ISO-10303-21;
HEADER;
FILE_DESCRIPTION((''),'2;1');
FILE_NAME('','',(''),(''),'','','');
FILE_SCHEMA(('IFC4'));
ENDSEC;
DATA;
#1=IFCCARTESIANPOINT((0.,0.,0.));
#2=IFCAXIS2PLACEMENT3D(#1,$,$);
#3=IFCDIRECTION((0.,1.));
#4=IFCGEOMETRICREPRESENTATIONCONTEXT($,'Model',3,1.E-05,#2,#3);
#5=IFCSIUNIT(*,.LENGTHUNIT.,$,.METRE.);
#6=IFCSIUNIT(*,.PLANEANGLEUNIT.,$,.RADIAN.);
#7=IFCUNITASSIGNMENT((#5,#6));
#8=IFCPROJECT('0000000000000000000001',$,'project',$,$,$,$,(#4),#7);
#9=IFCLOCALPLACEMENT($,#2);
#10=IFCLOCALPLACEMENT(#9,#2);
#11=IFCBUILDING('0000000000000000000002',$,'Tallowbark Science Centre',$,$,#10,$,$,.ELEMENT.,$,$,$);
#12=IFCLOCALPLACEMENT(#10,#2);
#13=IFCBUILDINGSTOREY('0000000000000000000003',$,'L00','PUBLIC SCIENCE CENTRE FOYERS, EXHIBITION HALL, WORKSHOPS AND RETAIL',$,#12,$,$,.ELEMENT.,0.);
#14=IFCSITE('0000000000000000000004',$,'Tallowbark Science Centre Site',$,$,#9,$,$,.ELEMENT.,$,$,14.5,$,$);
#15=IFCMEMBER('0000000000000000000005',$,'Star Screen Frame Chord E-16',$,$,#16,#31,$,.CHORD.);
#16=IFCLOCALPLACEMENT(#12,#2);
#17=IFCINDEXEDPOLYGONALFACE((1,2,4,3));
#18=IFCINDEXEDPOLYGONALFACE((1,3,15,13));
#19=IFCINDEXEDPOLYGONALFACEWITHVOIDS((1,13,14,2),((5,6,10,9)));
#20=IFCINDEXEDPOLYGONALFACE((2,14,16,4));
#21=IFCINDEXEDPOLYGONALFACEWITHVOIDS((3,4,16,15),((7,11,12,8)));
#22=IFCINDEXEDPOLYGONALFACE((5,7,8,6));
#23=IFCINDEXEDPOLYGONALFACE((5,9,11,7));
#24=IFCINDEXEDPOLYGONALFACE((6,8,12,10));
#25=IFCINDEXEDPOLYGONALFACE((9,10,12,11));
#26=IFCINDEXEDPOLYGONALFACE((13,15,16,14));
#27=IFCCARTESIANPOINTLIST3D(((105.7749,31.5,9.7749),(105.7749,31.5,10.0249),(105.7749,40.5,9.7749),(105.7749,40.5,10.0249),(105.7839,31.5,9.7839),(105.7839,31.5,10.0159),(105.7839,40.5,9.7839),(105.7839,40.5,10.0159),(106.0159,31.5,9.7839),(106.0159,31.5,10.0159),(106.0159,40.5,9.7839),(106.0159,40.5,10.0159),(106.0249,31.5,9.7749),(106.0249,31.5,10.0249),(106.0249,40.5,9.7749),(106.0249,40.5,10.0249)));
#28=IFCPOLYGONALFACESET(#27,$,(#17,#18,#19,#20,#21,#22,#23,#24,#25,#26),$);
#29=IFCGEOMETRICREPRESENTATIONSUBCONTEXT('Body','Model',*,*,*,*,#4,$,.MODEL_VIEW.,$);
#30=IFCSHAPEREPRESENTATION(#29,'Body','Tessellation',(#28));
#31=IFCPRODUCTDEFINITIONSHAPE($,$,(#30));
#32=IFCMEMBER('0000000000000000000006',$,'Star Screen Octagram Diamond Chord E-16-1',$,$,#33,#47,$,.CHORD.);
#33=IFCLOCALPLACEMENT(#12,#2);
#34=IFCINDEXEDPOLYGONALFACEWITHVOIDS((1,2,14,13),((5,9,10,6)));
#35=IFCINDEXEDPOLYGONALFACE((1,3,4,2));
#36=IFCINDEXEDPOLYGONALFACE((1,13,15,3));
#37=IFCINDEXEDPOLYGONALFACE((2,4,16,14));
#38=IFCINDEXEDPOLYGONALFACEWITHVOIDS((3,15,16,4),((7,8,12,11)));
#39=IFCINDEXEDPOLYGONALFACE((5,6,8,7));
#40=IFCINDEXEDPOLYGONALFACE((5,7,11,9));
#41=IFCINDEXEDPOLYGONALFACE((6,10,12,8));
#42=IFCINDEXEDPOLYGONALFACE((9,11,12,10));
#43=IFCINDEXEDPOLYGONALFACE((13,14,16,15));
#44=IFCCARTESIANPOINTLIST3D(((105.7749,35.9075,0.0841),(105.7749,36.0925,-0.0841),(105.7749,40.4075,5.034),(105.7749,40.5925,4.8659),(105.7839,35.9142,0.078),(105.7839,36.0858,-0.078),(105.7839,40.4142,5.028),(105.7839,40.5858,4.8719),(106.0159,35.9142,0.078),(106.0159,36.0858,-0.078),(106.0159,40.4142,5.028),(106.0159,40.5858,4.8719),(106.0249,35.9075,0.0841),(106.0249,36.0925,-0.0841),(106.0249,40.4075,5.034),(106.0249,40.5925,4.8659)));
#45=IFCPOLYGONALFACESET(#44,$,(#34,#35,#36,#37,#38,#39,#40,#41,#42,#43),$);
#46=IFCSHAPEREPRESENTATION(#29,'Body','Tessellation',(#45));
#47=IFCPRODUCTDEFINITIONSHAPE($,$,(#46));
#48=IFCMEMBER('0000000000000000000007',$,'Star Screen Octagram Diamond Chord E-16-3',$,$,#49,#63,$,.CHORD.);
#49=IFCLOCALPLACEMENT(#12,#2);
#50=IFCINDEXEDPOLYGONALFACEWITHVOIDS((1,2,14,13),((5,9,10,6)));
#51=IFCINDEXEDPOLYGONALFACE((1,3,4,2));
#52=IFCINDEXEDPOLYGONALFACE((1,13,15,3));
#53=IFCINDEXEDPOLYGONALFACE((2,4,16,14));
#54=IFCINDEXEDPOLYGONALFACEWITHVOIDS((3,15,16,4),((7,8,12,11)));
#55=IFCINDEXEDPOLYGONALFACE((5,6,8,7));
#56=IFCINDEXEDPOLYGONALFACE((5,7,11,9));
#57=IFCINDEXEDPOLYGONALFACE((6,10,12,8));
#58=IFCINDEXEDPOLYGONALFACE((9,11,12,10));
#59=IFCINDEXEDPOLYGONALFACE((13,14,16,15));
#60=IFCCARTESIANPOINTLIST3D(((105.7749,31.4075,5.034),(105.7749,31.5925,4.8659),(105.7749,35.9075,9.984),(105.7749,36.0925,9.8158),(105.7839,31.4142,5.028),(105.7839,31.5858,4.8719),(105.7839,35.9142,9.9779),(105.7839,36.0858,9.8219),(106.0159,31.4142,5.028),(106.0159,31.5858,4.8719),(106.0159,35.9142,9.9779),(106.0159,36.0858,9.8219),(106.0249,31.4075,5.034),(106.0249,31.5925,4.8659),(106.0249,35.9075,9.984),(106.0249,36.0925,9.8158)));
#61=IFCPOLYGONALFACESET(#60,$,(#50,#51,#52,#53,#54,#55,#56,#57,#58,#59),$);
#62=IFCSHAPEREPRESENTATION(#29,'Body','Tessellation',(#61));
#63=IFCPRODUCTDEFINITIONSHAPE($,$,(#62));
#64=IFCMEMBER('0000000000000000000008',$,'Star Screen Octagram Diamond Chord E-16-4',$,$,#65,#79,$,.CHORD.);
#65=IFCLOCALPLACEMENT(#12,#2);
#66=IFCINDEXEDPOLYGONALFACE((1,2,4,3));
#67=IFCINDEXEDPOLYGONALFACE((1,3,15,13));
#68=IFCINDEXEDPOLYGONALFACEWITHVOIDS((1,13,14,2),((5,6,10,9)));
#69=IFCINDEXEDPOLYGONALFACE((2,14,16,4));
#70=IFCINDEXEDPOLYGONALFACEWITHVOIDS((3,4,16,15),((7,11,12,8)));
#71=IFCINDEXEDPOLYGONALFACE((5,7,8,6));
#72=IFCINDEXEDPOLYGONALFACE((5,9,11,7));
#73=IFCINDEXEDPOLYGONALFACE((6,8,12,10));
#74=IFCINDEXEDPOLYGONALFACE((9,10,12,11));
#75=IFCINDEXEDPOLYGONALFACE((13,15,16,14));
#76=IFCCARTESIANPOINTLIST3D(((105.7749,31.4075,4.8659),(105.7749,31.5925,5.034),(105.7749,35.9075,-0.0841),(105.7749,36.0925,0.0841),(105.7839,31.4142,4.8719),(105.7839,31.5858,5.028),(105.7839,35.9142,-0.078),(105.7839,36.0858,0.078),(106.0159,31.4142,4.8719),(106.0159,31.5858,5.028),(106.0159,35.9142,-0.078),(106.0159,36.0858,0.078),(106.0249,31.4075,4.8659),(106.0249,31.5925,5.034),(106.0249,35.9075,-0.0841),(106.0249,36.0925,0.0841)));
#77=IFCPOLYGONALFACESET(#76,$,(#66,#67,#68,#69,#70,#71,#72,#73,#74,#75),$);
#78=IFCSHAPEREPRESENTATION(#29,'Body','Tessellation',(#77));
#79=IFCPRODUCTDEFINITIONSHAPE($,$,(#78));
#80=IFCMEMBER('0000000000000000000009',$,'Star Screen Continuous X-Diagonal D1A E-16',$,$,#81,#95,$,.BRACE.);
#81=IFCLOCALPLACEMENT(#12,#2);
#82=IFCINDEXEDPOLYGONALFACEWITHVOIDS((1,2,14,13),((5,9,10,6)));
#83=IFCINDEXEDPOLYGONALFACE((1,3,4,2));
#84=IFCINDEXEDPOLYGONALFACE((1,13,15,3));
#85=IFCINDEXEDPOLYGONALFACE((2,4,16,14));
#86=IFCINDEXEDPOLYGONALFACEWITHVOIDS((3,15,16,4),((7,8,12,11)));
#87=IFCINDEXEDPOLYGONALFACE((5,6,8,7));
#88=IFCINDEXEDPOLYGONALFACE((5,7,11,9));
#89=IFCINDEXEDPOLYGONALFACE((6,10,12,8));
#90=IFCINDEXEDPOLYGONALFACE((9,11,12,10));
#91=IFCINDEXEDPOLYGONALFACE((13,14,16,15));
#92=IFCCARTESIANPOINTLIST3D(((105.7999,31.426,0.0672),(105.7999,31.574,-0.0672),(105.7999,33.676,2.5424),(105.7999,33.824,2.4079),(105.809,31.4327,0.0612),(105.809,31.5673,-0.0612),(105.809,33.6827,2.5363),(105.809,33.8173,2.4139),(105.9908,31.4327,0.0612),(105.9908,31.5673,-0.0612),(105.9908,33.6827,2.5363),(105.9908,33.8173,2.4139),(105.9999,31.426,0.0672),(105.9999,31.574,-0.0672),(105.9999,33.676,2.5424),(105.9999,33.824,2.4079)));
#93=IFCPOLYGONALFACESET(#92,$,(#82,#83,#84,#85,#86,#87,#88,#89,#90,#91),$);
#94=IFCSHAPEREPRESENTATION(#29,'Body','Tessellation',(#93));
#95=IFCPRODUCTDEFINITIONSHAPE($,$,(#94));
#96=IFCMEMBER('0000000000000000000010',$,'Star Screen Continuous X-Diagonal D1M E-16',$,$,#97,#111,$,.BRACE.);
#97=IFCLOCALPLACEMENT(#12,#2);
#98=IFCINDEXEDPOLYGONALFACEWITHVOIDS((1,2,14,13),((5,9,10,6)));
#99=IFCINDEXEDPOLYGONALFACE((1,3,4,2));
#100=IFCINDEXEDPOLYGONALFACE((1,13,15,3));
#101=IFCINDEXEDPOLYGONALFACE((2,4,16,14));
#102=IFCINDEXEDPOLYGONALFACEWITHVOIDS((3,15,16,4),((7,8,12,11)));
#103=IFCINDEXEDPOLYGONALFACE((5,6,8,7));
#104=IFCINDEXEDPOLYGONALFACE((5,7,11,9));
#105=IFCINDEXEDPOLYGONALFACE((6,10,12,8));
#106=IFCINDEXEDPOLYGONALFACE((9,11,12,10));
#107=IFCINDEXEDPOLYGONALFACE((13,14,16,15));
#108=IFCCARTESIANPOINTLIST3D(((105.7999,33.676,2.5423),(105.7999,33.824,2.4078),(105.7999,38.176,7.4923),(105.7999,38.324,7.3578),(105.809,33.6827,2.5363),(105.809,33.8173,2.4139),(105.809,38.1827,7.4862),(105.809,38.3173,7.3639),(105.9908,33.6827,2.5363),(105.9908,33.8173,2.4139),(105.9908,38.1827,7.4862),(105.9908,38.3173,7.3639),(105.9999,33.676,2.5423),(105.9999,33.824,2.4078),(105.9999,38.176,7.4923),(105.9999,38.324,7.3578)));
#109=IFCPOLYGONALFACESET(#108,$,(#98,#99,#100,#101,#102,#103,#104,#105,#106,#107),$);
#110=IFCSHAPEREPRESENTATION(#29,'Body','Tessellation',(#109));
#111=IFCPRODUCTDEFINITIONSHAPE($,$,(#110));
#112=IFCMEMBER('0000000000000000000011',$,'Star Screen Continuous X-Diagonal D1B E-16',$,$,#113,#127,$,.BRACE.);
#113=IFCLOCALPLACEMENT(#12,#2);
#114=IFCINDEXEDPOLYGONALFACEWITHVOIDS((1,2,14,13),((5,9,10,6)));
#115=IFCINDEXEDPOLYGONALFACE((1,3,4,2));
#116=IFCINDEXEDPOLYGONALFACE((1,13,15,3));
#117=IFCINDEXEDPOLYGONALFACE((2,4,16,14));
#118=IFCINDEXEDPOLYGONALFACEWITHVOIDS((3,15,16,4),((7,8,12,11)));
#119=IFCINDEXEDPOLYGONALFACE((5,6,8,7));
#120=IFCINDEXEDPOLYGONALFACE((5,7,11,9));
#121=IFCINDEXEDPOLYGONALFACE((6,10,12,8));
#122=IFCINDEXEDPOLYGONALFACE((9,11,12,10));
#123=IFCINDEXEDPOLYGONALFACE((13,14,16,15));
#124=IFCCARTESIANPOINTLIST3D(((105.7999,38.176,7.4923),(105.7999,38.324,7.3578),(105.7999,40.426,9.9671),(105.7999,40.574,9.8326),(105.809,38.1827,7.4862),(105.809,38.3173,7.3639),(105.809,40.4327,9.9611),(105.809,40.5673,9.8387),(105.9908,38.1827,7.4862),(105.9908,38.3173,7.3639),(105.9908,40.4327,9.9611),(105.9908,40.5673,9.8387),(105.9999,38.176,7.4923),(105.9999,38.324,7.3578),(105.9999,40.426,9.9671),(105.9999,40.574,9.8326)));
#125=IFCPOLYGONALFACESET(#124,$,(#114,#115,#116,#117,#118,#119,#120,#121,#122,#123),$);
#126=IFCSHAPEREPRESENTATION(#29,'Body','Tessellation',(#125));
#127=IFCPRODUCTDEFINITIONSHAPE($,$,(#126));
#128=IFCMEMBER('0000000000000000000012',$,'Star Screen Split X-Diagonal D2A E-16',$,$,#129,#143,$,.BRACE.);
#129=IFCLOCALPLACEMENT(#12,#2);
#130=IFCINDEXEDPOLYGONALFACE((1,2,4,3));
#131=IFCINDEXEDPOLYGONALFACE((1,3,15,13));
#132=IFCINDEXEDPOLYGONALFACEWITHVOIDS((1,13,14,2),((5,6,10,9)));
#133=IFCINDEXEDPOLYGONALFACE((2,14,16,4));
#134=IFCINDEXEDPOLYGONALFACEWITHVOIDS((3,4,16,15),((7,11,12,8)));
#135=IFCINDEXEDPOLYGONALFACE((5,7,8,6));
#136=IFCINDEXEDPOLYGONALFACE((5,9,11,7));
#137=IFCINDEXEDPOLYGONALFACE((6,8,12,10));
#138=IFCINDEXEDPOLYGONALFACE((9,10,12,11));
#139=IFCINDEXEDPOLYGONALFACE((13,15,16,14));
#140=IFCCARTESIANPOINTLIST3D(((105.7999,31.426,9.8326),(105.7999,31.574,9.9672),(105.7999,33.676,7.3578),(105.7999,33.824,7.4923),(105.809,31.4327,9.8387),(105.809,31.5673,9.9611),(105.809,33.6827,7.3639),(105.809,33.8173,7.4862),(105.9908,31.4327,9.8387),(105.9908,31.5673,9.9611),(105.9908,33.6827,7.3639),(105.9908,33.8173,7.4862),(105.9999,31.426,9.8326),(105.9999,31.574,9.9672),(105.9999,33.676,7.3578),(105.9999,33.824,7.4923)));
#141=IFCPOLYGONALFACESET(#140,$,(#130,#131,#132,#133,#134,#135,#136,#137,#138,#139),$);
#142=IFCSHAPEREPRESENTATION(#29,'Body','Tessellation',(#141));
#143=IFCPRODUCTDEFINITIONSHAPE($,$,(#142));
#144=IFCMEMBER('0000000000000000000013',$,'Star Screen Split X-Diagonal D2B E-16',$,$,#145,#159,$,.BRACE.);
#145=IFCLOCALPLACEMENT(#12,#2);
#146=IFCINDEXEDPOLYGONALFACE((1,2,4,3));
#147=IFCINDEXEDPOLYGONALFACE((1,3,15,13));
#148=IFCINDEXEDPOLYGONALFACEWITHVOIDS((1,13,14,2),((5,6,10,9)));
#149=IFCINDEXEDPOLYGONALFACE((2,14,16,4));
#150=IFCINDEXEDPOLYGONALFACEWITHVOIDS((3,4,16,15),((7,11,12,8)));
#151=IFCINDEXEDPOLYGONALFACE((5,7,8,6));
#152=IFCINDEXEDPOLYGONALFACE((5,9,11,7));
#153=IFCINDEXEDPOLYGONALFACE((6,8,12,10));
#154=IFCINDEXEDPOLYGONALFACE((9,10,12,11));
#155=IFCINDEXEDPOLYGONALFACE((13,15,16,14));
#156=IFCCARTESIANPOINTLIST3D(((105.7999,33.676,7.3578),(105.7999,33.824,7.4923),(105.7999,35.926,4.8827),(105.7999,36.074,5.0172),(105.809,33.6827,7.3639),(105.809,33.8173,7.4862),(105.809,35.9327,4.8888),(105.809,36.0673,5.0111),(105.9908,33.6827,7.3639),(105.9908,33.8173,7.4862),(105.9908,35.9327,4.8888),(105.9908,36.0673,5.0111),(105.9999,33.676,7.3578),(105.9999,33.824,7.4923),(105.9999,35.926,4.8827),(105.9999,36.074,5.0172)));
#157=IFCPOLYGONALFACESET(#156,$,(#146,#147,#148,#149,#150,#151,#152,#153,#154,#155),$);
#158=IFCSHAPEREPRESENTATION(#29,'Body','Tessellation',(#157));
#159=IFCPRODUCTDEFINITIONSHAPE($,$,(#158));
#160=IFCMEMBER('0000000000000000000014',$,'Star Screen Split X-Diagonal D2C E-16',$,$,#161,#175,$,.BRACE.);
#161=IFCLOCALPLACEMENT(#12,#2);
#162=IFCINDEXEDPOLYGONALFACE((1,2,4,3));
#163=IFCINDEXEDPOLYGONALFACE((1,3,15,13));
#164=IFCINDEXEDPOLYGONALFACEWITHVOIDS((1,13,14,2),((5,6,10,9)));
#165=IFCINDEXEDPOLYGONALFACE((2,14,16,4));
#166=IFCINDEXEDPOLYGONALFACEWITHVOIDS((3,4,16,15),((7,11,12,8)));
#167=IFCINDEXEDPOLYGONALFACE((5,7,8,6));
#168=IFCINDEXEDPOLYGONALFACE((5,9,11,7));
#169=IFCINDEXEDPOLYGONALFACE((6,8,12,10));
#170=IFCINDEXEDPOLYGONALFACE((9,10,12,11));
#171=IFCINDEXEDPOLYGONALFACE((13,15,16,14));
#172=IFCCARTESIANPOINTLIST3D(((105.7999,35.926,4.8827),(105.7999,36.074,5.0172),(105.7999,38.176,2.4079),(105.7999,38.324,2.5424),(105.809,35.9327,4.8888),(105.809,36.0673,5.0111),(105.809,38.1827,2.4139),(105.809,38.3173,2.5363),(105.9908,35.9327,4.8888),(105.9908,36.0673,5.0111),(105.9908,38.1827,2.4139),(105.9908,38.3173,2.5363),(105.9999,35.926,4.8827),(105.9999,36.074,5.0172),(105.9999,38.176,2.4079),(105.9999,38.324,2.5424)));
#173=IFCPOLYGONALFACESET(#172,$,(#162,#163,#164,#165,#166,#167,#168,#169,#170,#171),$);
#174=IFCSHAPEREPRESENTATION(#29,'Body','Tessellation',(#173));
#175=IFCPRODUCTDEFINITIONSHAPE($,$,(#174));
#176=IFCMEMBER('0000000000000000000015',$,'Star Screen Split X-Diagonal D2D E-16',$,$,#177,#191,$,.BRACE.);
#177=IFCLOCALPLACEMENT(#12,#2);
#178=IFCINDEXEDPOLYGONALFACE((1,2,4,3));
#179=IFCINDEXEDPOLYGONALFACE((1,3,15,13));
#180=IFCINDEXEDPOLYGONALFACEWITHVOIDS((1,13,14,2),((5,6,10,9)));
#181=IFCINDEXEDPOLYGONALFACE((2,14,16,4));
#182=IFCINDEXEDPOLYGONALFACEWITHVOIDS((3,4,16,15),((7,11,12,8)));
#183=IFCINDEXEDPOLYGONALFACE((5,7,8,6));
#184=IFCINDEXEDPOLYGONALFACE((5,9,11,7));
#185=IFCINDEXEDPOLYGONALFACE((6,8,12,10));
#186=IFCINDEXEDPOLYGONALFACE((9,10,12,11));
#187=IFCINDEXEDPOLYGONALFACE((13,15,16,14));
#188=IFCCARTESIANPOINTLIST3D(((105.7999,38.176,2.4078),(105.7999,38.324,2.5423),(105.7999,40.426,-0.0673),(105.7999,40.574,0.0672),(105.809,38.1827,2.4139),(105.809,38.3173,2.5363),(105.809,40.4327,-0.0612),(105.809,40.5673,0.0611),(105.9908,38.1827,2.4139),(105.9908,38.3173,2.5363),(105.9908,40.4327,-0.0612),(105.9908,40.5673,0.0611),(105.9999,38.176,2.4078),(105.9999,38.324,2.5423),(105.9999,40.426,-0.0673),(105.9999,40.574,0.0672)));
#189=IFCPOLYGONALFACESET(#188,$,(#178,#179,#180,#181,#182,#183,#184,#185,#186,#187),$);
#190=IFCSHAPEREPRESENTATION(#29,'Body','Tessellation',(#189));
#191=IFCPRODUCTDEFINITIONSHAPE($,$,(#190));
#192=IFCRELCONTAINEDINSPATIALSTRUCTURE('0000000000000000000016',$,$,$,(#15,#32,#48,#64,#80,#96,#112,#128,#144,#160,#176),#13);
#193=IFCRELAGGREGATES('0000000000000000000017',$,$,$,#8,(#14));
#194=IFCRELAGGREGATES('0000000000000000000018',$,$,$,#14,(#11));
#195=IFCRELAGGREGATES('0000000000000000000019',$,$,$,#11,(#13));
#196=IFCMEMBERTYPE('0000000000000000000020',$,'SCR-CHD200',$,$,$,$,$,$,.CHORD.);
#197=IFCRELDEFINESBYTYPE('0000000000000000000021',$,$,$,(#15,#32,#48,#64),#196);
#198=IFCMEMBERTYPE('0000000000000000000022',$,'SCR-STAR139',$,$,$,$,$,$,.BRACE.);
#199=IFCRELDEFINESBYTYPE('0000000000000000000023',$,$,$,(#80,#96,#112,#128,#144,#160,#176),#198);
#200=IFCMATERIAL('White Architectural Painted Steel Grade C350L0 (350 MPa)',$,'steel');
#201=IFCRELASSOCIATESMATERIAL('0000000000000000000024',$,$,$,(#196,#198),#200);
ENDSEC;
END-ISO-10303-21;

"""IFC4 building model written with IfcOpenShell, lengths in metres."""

from ifc_helpers import new_model, si_unit, direction, frame, origin, origin_2d, place, context, subcontext, project, spatial, hollow_rectangle, extrude, material, material_profile, profile_set, type_object, element, save


model = new_model("IFC4")

# Units and contexts
model_context = context("Model", 3, precision=1e-05, world=origin(), true_north=direction((0.0, 1.0)))
body_context = subcontext(model_context, "Body", "Model", "MODEL_VIEW")
ifc_project = project(units=[si_unit("LENGTHUNIT", "METRE"), si_unit("PLANEANGLEUNIT", "RADIAN")], contexts=[model_context])

# Site, building, storey
site_placement = place(None, origin())
site = spatial("IfcSite", under=ifc_project, at=site_placement, Name="Tallowbark Science Centre Site", CompositionType="ELEMENT", RefElevation=14.5)
building_placement = place(site_placement, origin())
building = spatial("IfcBuilding", under=site, at=building_placement, Name="Tallowbark Science Centre", CompositionType="ELEMENT")
storey_placement = place(building_placement, origin())
storey = spatial("IfcBuildingStorey", under=building, at=storey_placement, Name="L00", Description="PUBLIC SCIENCE CENTRE FOYERS, EXHIBITION HALL, WORKSHOPS AND RETAIL", CompositionType="ELEMENT", Elevation=0.0)

# Members
ifc_material_1 = material(Name="White Architectural Painted Steel Grade C350L0 (350 MPa)", Category="steel")
ifc_material_profile_1 = material_profile(ifc_material_1, hollow_rectangle(XDim=0.25, YDim=0.25, WallThickness=0.009, at=origin_2d()), Name="250x250x9.0SHS")
ifc_profile_set_1 = profile_set([ifc_material_profile_1], Name="White Architectural Painted Steel Grade C350L0 (350 MPa)")
member_type_1 = type_object("IfcMemberType", Name="SCR-CHD200", PredefinedType="CHORD", material=ifc_profile_set_1)
member_1_placement = place(storey_placement, frame((105.8999, 31.5, 9.8999), z_axis=(0.0, 1.0, 0.0), x_axis=(-1.0, 0.0, 0.0)))
element("IfcMember", 1, at=member_1_placement, inside=storey, type_object=member_type_1, Name="Star Screen Frame Chord E-16", PredefinedType="CHORD", context=body_context, shape_type="SweptSolid", body=[
    extrude(hollow_rectangle(XDim=0.25, YDim=0.25, WallThickness=0.009, at=origin_2d()), origin(), (0.0, 0.0, 1.0), 9.0),
])
for number, where, z_axis, x_axis, name in (
    (2, (105.8999, 36.0, 0.0), (0.0, 0.672676, 0.739937), (-1.0, 0.0, 0.0), "Star Screen Octagram Diamond Chord E-16-1"),
    (3, (105.8999, 36.0, 9.8999), (0.0, -0.672676, -0.739937), (1.0, 0.0, 0.0), "Star Screen Octagram Diamond Chord E-16-3"),
    (4, (105.8999, 31.5, 4.95), (0.0, 0.672676, -0.739937), (-1.0, 0.0, 0.0), "Star Screen Octagram Diamond Chord E-16-4"),
):
    element("IfcMember", number, at=place(storey_placement, frame(where, z_axis=z_axis, x_axis=x_axis)), inside=storey, type_object=member_type_1, Name=name, PredefinedType="CHORD", context=body_context, shape_type="SweptSolid", body=[
        extrude(hollow_rectangle(XDim=0.25, YDim=0.25, WallThickness=0.009, at=origin_2d()), origin(), (0.0, 0.0, 1.0), 6.6897),
    ])
ifc_material_profile_2 = material_profile(ifc_material_1, hollow_rectangle(XDim=0.2, YDim=0.2, WallThickness=0.009, at=origin_2d()), Name="200x200x9.0SHS")
ifc_profile_set_2 = profile_set([ifc_material_profile_2], Name="White Architectural Painted Steel Grade C350L0 (350 MPa)")
member_type_2 = type_object("IfcMemberType", Name="SCR-STAR139", PredefinedType="BRACE", material=ifc_profile_set_2)
member_2_placement = place(storey_placement, frame((105.8999, 31.5, 0.0), z_axis=(0.0, 0.672658, 0.739953), x_axis=(-1.0, 0.0, 0.0)))
element("IfcMember", 5, at=member_2_placement, inside=storey, type_object=member_type_2, Name="Star Screen Continuous X-Diagonal D1A E-16", PredefinedType="BRACE", context=body_context, shape_type="SweptSolid", body=[
    extrude(hollow_rectangle(XDim=0.2, YDim=0.2, WallThickness=0.009, at=origin_2d()), origin(), (0.0, 0.0, 1.0), 3.345),
])
member_3_placement = place(storey_placement, frame((105.8999, 33.75, 2.4751), z_axis=(0.0, 0.672676, 0.739937), x_axis=(-1.0, 0.0, 0.0)))
element("IfcMember", 6, at=member_3_placement, inside=storey, type_object=member_type_2, Name="Star Screen Continuous X-Diagonal D1M E-16", PredefinedType="BRACE", context=body_context, shape_type="SweptSolid", body=[
    extrude(hollow_rectangle(XDim=0.2, YDim=0.2, WallThickness=0.009, at=origin_2d()), origin(), (0.0, 0.0, 1.0), 6.6897),
])
for number, where, z_axis, x_axis, name in (
    (7, (105.8999, 38.25, 7.425), (0.0, 0.672695, 0.73992), (-1.0, 0.0, 0.0), "Star Screen Continuous X-Diagonal D1B E-16"),
    (8, (105.8999, 31.5, 9.8999), (0.0, 0.672695, -0.73992), (-1.0, 0.0, 0.0), "Star Screen Split X-Diagonal D2A E-16"),
):
    element("IfcMember", number, at=place(storey_placement, frame(where, z_axis=z_axis, x_axis=x_axis)), inside=storey, type_object=member_type_2, Name=name, PredefinedType="BRACE", context=body_context, shape_type="SweptSolid", body=[
        extrude(hollow_rectangle(XDim=0.2, YDim=0.2, WallThickness=0.009, at=origin_2d()), origin(), (0.0, 0.0, 1.0), 3.3447),
    ])
member_4_placement = place(storey_placement, frame((105.8999, 33.75, 7.425), z_axis=(0.0, 0.672658, -0.739953), x_axis=(-1.0, 0.0, 0.0)))
element("IfcMember", 9, at=member_4_placement, inside=storey, type_object=member_type_2, Name="Star Screen Split X-Diagonal D2B E-16", PredefinedType="BRACE", context=body_context, shape_type="SweptSolid", body=[
    extrude(hollow_rectangle(XDim=0.2, YDim=0.2, WallThickness=0.009, at=origin_2d()), origin(), (0.0, 0.0, 1.0), 3.345),
])
member_5_placement = place(storey_placement, frame((105.8999, 36.0, 4.95), z_axis=(0.0, 0.672695, -0.73992), x_axis=(-1.0, 0.0, 0.0)))
element("IfcMember", 10, at=member_5_placement, inside=storey, type_object=member_type_2, Name="Star Screen Split X-Diagonal D2C E-16", PredefinedType="BRACE", context=body_context, shape_type="SweptSolid", body=[
    extrude(hollow_rectangle(XDim=0.2, YDim=0.2, WallThickness=0.009, at=origin_2d()), origin(), (0.0, 0.0, 1.0), 3.3447),
])
member_6_placement = place(storey_placement, frame((105.8999, 38.25, 2.4751), z_axis=(0.0, 0.672658, -0.739953), x_axis=(-1.0, 0.0, 0.0)))
element("IfcMember", 11, at=member_6_placement, inside=storey, type_object=member_type_2, Name="Star Screen Split X-Diagonal D2D E-16", PredefinedType="BRACE", context=body_context, shape_type="SweptSolid", body=[
    extrude(hollow_rectangle(XDim=0.2, YDim=0.2, WallThickness=0.009, at=origin_2d()), origin(), (0.0, 0.0, 1.0), 3.345),
])

save(model, "model.ifc")
